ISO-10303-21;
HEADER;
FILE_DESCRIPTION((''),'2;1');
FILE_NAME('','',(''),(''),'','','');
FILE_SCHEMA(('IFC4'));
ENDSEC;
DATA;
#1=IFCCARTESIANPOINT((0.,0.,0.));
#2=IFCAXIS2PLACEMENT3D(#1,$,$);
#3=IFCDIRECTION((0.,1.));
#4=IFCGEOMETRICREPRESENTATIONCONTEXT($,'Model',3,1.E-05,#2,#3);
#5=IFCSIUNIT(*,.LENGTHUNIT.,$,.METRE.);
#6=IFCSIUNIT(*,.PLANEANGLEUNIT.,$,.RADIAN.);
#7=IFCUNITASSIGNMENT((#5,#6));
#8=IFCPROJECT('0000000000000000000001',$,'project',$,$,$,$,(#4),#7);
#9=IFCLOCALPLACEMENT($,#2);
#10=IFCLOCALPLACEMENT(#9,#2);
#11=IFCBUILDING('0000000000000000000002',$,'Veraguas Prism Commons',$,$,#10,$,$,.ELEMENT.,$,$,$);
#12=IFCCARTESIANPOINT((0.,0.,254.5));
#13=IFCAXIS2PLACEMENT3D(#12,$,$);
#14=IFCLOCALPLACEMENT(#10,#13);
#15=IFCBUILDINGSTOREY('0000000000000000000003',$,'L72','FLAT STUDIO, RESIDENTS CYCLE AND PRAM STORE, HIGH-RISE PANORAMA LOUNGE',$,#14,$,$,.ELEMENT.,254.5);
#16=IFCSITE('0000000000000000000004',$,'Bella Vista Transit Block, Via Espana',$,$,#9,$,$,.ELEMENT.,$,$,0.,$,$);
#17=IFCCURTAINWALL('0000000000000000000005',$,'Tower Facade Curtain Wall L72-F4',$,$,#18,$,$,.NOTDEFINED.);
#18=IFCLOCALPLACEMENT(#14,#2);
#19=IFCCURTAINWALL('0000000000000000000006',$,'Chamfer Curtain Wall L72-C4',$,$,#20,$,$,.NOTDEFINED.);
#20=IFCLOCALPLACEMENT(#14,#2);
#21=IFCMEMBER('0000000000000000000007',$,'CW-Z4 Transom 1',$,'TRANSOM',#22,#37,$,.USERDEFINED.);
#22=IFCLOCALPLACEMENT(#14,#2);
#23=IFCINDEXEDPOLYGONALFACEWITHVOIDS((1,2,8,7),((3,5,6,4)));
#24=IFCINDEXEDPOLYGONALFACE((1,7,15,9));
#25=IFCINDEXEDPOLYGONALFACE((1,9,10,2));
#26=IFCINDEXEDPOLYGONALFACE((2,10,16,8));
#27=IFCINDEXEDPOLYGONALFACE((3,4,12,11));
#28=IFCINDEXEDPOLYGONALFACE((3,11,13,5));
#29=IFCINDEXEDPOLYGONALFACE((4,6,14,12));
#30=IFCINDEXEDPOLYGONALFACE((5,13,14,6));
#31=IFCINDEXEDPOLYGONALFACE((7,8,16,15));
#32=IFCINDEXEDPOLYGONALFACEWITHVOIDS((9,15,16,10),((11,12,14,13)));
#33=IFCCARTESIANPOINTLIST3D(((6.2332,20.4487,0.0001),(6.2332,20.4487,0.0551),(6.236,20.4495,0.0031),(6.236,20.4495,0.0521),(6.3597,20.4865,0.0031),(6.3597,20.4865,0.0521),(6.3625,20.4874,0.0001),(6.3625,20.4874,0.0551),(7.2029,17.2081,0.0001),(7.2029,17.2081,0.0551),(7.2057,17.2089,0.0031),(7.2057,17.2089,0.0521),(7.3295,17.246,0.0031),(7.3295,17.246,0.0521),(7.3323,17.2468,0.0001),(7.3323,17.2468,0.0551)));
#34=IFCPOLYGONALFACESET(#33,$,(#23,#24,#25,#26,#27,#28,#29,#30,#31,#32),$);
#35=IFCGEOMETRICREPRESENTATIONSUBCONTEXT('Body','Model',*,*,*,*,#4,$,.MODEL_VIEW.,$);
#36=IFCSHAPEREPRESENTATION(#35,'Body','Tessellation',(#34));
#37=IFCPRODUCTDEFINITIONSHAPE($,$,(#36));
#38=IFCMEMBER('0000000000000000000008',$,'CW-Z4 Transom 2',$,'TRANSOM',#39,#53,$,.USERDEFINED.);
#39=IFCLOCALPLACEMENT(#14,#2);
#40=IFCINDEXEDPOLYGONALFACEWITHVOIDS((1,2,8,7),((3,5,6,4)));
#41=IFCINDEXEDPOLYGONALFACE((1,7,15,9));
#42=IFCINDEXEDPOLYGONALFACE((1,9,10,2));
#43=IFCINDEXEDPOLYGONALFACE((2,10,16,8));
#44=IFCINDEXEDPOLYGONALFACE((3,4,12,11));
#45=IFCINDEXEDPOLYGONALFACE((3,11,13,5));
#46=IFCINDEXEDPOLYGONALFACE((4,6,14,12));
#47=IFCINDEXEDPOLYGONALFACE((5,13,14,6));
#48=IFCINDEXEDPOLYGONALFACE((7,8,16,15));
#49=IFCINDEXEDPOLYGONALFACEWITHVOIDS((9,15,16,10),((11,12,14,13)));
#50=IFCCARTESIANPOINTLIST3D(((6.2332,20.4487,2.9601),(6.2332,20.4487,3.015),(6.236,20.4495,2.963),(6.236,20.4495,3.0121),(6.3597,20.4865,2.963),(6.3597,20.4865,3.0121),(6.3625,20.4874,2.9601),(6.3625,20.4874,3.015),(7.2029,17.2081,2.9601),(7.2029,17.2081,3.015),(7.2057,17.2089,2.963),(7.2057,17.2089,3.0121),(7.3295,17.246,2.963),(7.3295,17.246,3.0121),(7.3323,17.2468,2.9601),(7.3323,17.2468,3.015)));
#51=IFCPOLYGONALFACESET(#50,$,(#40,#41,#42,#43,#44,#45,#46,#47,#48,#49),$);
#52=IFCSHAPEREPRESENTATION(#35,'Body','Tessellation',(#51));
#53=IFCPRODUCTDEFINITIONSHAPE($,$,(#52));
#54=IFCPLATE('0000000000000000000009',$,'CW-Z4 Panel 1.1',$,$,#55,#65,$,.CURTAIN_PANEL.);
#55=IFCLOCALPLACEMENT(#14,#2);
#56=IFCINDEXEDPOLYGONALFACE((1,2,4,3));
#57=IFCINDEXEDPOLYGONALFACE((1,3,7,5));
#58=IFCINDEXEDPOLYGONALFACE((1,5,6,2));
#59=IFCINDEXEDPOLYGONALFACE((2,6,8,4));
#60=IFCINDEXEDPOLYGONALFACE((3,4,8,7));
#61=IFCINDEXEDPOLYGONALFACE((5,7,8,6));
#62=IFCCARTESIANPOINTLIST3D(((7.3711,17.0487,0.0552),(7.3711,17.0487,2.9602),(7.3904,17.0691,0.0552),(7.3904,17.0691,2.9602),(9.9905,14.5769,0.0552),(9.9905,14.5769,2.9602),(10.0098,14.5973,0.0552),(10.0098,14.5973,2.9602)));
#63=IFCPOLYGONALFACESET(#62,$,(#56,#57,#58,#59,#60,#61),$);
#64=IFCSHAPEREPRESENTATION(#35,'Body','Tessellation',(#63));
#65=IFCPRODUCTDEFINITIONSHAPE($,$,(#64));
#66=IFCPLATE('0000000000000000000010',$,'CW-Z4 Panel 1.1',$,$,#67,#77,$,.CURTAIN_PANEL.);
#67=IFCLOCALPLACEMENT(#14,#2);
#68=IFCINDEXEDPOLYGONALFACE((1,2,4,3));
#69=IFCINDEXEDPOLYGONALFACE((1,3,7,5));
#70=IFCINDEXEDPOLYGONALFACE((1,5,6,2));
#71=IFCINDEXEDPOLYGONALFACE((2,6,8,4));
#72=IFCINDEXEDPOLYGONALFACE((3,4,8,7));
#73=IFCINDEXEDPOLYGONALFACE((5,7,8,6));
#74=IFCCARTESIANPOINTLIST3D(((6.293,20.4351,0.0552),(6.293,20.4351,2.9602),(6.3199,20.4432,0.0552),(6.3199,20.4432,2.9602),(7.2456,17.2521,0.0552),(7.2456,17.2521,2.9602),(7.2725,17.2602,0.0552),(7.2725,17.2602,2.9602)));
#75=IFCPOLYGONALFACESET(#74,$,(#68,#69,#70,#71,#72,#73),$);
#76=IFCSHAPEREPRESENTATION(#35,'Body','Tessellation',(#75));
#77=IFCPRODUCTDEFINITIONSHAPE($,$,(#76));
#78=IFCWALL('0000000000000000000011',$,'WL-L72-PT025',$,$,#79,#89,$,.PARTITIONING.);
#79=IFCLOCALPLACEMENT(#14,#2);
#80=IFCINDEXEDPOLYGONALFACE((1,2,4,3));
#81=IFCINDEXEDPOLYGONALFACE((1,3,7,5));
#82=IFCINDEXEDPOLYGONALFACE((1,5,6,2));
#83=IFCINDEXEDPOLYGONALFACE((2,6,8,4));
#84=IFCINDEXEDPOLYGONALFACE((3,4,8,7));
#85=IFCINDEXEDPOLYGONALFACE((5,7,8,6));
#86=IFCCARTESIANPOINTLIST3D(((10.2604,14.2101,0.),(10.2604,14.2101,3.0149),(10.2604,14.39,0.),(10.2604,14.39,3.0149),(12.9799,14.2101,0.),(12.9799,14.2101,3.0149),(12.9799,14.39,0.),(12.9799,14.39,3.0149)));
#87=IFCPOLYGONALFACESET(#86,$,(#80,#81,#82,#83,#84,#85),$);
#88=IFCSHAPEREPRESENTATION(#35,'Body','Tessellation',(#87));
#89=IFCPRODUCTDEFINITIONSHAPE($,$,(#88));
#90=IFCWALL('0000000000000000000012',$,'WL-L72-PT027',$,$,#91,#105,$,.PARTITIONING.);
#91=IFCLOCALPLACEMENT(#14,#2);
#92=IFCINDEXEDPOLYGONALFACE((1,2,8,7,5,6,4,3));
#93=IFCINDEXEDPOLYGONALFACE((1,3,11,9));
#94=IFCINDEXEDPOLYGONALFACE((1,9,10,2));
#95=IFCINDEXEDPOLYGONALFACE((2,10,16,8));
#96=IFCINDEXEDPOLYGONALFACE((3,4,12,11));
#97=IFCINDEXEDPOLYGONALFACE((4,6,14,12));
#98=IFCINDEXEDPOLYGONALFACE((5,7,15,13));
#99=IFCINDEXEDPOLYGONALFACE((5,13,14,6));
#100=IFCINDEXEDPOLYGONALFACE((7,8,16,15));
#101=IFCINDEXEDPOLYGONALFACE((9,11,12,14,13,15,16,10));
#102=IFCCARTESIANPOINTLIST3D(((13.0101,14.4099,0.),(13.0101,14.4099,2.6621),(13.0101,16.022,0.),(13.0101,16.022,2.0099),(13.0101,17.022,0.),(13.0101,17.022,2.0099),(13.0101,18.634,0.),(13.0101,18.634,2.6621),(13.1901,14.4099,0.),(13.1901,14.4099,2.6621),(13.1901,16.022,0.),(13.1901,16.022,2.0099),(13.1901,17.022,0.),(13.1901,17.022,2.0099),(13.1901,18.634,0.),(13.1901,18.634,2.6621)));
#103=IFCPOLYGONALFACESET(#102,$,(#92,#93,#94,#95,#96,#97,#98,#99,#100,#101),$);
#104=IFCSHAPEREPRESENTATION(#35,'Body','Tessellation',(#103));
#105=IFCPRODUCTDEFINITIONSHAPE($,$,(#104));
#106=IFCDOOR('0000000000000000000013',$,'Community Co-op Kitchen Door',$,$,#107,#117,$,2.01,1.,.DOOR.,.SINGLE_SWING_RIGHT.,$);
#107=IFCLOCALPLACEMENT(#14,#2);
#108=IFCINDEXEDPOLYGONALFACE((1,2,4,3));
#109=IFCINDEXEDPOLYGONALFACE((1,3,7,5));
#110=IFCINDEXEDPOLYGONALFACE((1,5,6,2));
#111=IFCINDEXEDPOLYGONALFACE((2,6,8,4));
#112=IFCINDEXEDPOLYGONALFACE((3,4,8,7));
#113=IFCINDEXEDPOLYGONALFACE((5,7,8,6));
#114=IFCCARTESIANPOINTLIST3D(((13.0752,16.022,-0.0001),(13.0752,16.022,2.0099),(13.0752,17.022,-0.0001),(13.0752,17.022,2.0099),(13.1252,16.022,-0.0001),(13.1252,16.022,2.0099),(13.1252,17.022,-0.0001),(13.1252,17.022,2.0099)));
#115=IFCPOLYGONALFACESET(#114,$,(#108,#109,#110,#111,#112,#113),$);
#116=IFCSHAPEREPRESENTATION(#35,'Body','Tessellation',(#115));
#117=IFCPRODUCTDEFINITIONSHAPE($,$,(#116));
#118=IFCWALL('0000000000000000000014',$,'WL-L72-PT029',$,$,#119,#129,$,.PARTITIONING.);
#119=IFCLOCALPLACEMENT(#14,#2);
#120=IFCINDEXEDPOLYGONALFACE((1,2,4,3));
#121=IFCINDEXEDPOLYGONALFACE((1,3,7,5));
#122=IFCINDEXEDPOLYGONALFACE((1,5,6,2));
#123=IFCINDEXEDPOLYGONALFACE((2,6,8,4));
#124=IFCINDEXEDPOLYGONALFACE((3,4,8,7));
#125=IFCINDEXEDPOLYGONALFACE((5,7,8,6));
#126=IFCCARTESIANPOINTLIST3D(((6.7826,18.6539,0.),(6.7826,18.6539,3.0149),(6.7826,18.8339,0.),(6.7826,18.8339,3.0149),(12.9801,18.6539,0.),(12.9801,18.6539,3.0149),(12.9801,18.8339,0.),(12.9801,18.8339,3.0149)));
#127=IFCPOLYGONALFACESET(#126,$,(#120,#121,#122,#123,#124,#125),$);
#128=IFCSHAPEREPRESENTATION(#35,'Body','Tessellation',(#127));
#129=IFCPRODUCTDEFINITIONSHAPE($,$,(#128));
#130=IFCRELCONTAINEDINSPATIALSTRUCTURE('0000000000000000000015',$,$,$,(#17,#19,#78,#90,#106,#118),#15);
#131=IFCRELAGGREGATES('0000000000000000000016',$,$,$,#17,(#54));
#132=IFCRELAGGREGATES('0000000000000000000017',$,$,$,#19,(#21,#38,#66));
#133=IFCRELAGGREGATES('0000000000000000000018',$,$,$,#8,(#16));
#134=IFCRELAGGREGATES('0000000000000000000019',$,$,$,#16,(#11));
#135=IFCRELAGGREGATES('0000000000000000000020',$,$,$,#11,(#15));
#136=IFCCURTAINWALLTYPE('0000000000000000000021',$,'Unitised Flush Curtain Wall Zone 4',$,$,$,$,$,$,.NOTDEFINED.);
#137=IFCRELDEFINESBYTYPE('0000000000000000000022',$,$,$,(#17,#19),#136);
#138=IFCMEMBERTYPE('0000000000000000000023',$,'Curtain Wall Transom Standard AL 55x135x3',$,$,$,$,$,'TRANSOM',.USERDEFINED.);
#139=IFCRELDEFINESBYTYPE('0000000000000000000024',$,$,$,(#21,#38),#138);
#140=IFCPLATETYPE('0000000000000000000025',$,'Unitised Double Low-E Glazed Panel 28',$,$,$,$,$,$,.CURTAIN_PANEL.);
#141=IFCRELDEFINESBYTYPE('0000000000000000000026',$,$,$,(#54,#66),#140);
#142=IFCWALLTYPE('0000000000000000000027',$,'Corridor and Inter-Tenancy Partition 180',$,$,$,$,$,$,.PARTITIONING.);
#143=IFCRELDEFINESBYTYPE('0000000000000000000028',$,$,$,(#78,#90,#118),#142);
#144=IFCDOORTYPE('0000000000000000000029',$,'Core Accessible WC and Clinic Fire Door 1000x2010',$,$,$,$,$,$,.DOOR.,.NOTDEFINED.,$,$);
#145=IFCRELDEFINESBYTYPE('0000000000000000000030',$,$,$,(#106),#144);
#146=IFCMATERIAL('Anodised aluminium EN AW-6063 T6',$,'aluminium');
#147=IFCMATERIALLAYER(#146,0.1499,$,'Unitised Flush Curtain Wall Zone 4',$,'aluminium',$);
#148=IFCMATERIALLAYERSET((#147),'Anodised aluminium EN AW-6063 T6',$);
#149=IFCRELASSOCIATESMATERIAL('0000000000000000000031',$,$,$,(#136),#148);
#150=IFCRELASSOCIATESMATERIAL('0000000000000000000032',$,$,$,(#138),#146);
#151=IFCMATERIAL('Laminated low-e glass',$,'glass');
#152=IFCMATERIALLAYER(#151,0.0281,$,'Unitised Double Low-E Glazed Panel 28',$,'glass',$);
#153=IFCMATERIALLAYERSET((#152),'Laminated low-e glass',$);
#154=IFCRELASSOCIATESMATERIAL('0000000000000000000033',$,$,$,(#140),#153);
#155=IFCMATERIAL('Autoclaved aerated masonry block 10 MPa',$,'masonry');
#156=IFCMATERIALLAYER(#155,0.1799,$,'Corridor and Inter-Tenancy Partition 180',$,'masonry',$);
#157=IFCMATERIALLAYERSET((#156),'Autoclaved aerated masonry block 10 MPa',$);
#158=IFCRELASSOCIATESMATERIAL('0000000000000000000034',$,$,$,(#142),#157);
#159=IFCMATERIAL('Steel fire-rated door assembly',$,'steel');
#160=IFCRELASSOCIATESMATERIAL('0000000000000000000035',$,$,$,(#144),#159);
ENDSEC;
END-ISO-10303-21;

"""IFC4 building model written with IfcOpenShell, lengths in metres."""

from ifc_helpers import new_model, si_unit, direction, frame, frame_2d, origin, origin_2d, place, context, subcontext, project, spatial, rectangle, hollow_rectangle, extrude, source, transform, mapped, material, layer, layer_set, material_profile, profile_set, type_object, element, fill, aggregate, save


model = new_model("IFC4")

# Units and contexts
model_context = context("Model", 3, precision=1e-05, world=origin(), true_north=direction((0.0, 1.0)))
body_context = subcontext(model_context, "Body", "Model", "MODEL_VIEW")
ifc_project = project(units=[si_unit("LENGTHUNIT", "METRE"), si_unit("PLANEANGLEUNIT", "RADIAN")], contexts=[model_context])

# Site, building, storey
site_placement = place(None, origin())
site = spatial("IfcSite", under=ifc_project, at=site_placement, Name="Bella Vista Transit Block, Via Espana", CompositionType="ELEMENT", RefElevation=0.0)
building_placement = place(site_placement, origin())
building = spatial("IfcBuilding", under=site, at=building_placement, Name="Veraguas Prism Commons", CompositionType="ELEMENT")
storey_placement = place(building_placement, frame((0.0, 0.0, 254.5)))
storey = spatial("IfcBuildingStorey", under=building, at=storey_placement, Name="L72", Description="FLAT STUDIO, RESIDENTS CYCLE AND PRAM STORE, HIGH-RISE PANORAMA LOUNGE", CompositionType="ELEMENT", Elevation=254.5)

# Shared definitions
ifc_material_1 = material(Name="Anodised aluminium EN AW-6063 T6", Category="aluminium")
ifc_layer_1 = layer(ifc_material_1, 0.1499, Name="Unitised Flush Curtain Wall Zone 4", Category="aluminium")
ifc_layer_set_1 = layer_set([ifc_layer_1], Name="Anodised aluminium EN AW-6063 T6")
curtain_wall_type = type_object("IfcCurtainWallType", Name="Unitised Flush Curtain Wall Zone 4", PredefinedType="NOTDEFINED", material=ifc_layer_set_1)

# Curtain walls
curtain_wall_1_placement = place(storey_placement, origin())
curtain_wall_1 = element("IfcCurtainWall", 1, at=curtain_wall_1_placement, inside=storey, type_object=curtain_wall_type, Name="Tower Facade Curtain Wall L72-F4", PredefinedType="NOTDEFINED")
curtain_wall_2_placement = place(storey_placement, origin())
curtain_wall_2 = element("IfcCurtainWall", 2, at=curtain_wall_2_placement, inside=storey, type_object=curtain_wall_type, Name="Chamfer Curtain Wall L72-C4", PredefinedType="NOTDEFINED")

# Members
ifc_material_profile_1 = material_profile(ifc_material_1, hollow_rectangle(XDim=0.0549, YDim=0.135, WallThickness=0.0029, at=origin_2d()), Name="AL55X135X3")
ifc_profile_set_1 = profile_set([ifc_material_profile_1], Name="Anodised aluminium EN AW-6063 T6")
member_type_1 = type_object("IfcMemberType", Name="Curtain Wall Transom Standard AL 55x135x3", ElementType="TRANSOM", PredefinedType="USERDEFINED", material=ifc_profile_set_1)
shared_shape_1 = source(origin(), body_context, "Body", "SweptSolid", [
    extrude(hollow_rectangle(XDim=0.0549, YDim=0.135, WallThickness=0.0029, at=origin_2d()), origin(), (0.0, 0.0, 1.0), 3.3826),
])
member_1_placement = place(storey_placement, frame((6.2979, 20.468, 0.0276), z_axis=(0.286692, -0.958023, 0.0), x_axis=(0.0, 0.0, 1.0)))
member_1 = element("IfcMember", 3, at=member_1_placement, type_object=member_type_1, Name="CW-Z4 Transom 1", ObjectType="TRANSOM", PredefinedType="USERDEFINED", context=body_context, shape_type="MappedRepresentation", body=[
    mapped(shared_shape_1, transform((0.0, 0.0, 0.0), scale=1.0)),
])
member_2_placement = place(storey_placement, frame((6.2979, 20.468, 2.9875), z_axis=(0.286692, -0.958023, 0.0), x_axis=(0.0, 0.0, 1.0)))
member_2 = element("IfcMember", 4, at=member_2_placement, type_object=member_type_1, Name="CW-Z4 Transom 2", ObjectType="TRANSOM", PredefinedType="USERDEFINED", context=body_context, shape_type="MappedRepresentation", body=[
    mapped(shared_shape_1, transform((0.0, 0.0, 0.0), scale=1.0)),
])

# Plates
ifc_material_2 = material(Name="Laminated low-e glass", Category="glass")
ifc_layer_2 = layer(ifc_material_2, 0.0281, Name="Unitised Double Low-E Glazed Panel 28", Category="glass")
ifc_layer_set_2 = layer_set([ifc_layer_2], Name="Laminated low-e glass")
plate_type = type_object("IfcPlateType", Name="Unitised Double Low-E Glazed Panel 28", PredefinedType="CURTAIN_PANEL", material=ifc_layer_set_2)
shared_shape_2 = source(origin(), body_context, "Body", "SweptSolid", [
    extrude(rectangle(XDim=3.6016, YDim=0.0281, at=origin_2d()), origin(), (0.0, 0.0, 1.0), 2.905),
])
plate_1_placement = place(storey_placement, frame((8.6904, 15.823, 0.0552), z_axis=(0.0, 0.0, 1.0), x_axis=(0.727296, -0.686324, 0.0)))
plate_1 = element("IfcPlate", 5, at=plate_1_placement, type_object=plate_type, Name="CW-Z4 Panel 1.1", PredefinedType="CURTAIN_PANEL", context=body_context, shape_type="MappedRepresentation", body=[
    mapped(shared_shape_2, transform((0.0, 0.0, 0.0), scale=1.0)),
])
aggregate(curtain_wall_1, [plate_1])
shared_shape_3 = source(origin(), body_context, "Body", "SweptSolid", [
    extrude(rectangle(XDim=3.3225, YDim=0.0281, at=origin_2d()), origin(), (0.0, 0.0, 1.0), 2.905),
])
plate_2_placement = place(storey_placement, frame((6.7827, 18.8477, 0.0552), z_axis=(0.0, 0.0, 1.0), x_axis=(0.286708, -0.958018, 0.0)))
plate_2 = element("IfcPlate", 6, at=plate_2_placement, type_object=plate_type, Name="CW-Z4 Panel 1.1", PredefinedType="CURTAIN_PANEL", context=body_context, shape_type="MappedRepresentation", body=[
    mapped(shared_shape_3, transform((0.0, 0.0, 0.0), scale=1.0)),
])
aggregate(curtain_wall_2, [member_1, member_2, plate_2])

# Wall
ifc_material_3 = material(Name="Autoclaved aerated masonry block 10 MPa", Category="masonry")
ifc_layer_3 = layer(ifc_material_3, 0.1799, Name="Corridor and Inter-Tenancy Partition 180", Category="masonry")
ifc_layer_set_3 = layer_set([ifc_layer_3], Name="Autoclaved aerated masonry block 10 MPa")
wall_type = type_object("IfcWallType", Name="Corridor and Inter-Tenancy Partition 180", PredefinedType="PARTITIONING", material=ifc_layer_set_3)
wall_1_placement = place(storey_placement, frame((12.98, 14.3, 0.0), z_axis=(0.0, 0.0, 1.0), x_axis=(-1.0, 0.0, 0.0)))
element("IfcWall", 7, at=wall_1_placement, inside=storey, type_object=wall_type, Name="WL-L72-PT025", PredefinedType="PARTITIONING", context=body_context, shape_type="SweptSolid", body=[
    extrude(rectangle(XDim=2.7195, YDim=0.1799, at=frame_2d((1.3599, 0.0))), origin(), (0.0, 0.0, 1.0), 3.0149),
])

# Wall, opening, door
wall_2_placement = place(storey_placement, frame((13.1001, 14.4099, 0.0), z_axis=(0.0, 0.0, 1.0), x_axis=(0.0, 1.0, 0.0)))
wall_2 = element("IfcWall", 8, at=wall_2_placement, inside=storey, type_object=wall_type, Name="WL-L72-PT027", PredefinedType="PARTITIONING", context=body_context, shape_type="SweptSolid", body=[
    extrude(rectangle(XDim=4.2241, YDim=0.1799, at=frame_2d((2.1121, 0.0))), origin(), (0.0, 0.0, 1.0), 2.6621),
])
opening_placement = place(wall_2_placement, frame((1.6121, 0.0, 0.0)))
opening = element("IfcOpeningElement", 9, at=opening_placement, cuts=wall_2, PredefinedType="OPENING", context=body_context, shape_type="SweptSolid", body=[
    extrude(rectangle(XDim=1.0, YDim=2.01, at=frame_2d((0.5, 1.0049))), frame((0.0, 0.0999, 0.0), z_axis=(0.0, -1.0, 0.0), x_axis=(1.0, 0.0, 0.0)), (0.0, 0.0, 1.0), 0.2),
])
ifc_material_4 = material(Name="Steel fire-rated door assembly", Category="steel")
door_type = type_object("IfcDoorType", Name="Core Accessible WC and Clinic Fire Door 1000x2010", OperationType="NOTDEFINED", PredefinedType="DOOR", material=ifc_material_4)
shared_shape_4 = source(origin(), body_context, "Body", "SweptSolid", [
    extrude(rectangle(XDim=1.0, YDim=2.01, at=frame_2d((0.5, 1.0049))), frame((0.0, 0.0249, 0.0), z_axis=(0.0, -1.0, 0.0), x_axis=(1.0, 0.0, 0.0)), (0.0, 0.0, 1.0), 0.05),
])
door_placement = place(opening_placement, origin())
door = element("IfcDoor", 10, at=door_placement, inside=storey, type_object=door_type, Name="Community Co-op Kitchen Door", OperationType="SINGLE_SWING_RIGHT", OverallHeight=2.01, OverallWidth=1.0, PredefinedType="DOOR", context=body_context, shape_type="MappedRepresentation", body=[
    mapped(shared_shape_4, transform((0.0, 0.0, 0.0), scale=1.0)),
])
fill(opening, door)

# Wall
wall_3_placement = place(storey_placement, frame((12.98, 18.7439, 0.0), z_axis=(0.0, 0.0, 1.0), x_axis=(-1.0, 0.0, 0.0)))
element("IfcWall", 11, at=wall_3_placement, inside=storey, type_object=wall_type, Name="WL-L72-PT029", PredefinedType="PARTITIONING", context=body_context, shape_type="SweptSolid", body=[
    extrude(rectangle(XDim=6.1975, YDim=0.1799, at=frame_2d((3.0986, 0.0))), origin(), (0.0, 0.0, 1.0), 3.0149),
])

save(model, "model.ifc")
